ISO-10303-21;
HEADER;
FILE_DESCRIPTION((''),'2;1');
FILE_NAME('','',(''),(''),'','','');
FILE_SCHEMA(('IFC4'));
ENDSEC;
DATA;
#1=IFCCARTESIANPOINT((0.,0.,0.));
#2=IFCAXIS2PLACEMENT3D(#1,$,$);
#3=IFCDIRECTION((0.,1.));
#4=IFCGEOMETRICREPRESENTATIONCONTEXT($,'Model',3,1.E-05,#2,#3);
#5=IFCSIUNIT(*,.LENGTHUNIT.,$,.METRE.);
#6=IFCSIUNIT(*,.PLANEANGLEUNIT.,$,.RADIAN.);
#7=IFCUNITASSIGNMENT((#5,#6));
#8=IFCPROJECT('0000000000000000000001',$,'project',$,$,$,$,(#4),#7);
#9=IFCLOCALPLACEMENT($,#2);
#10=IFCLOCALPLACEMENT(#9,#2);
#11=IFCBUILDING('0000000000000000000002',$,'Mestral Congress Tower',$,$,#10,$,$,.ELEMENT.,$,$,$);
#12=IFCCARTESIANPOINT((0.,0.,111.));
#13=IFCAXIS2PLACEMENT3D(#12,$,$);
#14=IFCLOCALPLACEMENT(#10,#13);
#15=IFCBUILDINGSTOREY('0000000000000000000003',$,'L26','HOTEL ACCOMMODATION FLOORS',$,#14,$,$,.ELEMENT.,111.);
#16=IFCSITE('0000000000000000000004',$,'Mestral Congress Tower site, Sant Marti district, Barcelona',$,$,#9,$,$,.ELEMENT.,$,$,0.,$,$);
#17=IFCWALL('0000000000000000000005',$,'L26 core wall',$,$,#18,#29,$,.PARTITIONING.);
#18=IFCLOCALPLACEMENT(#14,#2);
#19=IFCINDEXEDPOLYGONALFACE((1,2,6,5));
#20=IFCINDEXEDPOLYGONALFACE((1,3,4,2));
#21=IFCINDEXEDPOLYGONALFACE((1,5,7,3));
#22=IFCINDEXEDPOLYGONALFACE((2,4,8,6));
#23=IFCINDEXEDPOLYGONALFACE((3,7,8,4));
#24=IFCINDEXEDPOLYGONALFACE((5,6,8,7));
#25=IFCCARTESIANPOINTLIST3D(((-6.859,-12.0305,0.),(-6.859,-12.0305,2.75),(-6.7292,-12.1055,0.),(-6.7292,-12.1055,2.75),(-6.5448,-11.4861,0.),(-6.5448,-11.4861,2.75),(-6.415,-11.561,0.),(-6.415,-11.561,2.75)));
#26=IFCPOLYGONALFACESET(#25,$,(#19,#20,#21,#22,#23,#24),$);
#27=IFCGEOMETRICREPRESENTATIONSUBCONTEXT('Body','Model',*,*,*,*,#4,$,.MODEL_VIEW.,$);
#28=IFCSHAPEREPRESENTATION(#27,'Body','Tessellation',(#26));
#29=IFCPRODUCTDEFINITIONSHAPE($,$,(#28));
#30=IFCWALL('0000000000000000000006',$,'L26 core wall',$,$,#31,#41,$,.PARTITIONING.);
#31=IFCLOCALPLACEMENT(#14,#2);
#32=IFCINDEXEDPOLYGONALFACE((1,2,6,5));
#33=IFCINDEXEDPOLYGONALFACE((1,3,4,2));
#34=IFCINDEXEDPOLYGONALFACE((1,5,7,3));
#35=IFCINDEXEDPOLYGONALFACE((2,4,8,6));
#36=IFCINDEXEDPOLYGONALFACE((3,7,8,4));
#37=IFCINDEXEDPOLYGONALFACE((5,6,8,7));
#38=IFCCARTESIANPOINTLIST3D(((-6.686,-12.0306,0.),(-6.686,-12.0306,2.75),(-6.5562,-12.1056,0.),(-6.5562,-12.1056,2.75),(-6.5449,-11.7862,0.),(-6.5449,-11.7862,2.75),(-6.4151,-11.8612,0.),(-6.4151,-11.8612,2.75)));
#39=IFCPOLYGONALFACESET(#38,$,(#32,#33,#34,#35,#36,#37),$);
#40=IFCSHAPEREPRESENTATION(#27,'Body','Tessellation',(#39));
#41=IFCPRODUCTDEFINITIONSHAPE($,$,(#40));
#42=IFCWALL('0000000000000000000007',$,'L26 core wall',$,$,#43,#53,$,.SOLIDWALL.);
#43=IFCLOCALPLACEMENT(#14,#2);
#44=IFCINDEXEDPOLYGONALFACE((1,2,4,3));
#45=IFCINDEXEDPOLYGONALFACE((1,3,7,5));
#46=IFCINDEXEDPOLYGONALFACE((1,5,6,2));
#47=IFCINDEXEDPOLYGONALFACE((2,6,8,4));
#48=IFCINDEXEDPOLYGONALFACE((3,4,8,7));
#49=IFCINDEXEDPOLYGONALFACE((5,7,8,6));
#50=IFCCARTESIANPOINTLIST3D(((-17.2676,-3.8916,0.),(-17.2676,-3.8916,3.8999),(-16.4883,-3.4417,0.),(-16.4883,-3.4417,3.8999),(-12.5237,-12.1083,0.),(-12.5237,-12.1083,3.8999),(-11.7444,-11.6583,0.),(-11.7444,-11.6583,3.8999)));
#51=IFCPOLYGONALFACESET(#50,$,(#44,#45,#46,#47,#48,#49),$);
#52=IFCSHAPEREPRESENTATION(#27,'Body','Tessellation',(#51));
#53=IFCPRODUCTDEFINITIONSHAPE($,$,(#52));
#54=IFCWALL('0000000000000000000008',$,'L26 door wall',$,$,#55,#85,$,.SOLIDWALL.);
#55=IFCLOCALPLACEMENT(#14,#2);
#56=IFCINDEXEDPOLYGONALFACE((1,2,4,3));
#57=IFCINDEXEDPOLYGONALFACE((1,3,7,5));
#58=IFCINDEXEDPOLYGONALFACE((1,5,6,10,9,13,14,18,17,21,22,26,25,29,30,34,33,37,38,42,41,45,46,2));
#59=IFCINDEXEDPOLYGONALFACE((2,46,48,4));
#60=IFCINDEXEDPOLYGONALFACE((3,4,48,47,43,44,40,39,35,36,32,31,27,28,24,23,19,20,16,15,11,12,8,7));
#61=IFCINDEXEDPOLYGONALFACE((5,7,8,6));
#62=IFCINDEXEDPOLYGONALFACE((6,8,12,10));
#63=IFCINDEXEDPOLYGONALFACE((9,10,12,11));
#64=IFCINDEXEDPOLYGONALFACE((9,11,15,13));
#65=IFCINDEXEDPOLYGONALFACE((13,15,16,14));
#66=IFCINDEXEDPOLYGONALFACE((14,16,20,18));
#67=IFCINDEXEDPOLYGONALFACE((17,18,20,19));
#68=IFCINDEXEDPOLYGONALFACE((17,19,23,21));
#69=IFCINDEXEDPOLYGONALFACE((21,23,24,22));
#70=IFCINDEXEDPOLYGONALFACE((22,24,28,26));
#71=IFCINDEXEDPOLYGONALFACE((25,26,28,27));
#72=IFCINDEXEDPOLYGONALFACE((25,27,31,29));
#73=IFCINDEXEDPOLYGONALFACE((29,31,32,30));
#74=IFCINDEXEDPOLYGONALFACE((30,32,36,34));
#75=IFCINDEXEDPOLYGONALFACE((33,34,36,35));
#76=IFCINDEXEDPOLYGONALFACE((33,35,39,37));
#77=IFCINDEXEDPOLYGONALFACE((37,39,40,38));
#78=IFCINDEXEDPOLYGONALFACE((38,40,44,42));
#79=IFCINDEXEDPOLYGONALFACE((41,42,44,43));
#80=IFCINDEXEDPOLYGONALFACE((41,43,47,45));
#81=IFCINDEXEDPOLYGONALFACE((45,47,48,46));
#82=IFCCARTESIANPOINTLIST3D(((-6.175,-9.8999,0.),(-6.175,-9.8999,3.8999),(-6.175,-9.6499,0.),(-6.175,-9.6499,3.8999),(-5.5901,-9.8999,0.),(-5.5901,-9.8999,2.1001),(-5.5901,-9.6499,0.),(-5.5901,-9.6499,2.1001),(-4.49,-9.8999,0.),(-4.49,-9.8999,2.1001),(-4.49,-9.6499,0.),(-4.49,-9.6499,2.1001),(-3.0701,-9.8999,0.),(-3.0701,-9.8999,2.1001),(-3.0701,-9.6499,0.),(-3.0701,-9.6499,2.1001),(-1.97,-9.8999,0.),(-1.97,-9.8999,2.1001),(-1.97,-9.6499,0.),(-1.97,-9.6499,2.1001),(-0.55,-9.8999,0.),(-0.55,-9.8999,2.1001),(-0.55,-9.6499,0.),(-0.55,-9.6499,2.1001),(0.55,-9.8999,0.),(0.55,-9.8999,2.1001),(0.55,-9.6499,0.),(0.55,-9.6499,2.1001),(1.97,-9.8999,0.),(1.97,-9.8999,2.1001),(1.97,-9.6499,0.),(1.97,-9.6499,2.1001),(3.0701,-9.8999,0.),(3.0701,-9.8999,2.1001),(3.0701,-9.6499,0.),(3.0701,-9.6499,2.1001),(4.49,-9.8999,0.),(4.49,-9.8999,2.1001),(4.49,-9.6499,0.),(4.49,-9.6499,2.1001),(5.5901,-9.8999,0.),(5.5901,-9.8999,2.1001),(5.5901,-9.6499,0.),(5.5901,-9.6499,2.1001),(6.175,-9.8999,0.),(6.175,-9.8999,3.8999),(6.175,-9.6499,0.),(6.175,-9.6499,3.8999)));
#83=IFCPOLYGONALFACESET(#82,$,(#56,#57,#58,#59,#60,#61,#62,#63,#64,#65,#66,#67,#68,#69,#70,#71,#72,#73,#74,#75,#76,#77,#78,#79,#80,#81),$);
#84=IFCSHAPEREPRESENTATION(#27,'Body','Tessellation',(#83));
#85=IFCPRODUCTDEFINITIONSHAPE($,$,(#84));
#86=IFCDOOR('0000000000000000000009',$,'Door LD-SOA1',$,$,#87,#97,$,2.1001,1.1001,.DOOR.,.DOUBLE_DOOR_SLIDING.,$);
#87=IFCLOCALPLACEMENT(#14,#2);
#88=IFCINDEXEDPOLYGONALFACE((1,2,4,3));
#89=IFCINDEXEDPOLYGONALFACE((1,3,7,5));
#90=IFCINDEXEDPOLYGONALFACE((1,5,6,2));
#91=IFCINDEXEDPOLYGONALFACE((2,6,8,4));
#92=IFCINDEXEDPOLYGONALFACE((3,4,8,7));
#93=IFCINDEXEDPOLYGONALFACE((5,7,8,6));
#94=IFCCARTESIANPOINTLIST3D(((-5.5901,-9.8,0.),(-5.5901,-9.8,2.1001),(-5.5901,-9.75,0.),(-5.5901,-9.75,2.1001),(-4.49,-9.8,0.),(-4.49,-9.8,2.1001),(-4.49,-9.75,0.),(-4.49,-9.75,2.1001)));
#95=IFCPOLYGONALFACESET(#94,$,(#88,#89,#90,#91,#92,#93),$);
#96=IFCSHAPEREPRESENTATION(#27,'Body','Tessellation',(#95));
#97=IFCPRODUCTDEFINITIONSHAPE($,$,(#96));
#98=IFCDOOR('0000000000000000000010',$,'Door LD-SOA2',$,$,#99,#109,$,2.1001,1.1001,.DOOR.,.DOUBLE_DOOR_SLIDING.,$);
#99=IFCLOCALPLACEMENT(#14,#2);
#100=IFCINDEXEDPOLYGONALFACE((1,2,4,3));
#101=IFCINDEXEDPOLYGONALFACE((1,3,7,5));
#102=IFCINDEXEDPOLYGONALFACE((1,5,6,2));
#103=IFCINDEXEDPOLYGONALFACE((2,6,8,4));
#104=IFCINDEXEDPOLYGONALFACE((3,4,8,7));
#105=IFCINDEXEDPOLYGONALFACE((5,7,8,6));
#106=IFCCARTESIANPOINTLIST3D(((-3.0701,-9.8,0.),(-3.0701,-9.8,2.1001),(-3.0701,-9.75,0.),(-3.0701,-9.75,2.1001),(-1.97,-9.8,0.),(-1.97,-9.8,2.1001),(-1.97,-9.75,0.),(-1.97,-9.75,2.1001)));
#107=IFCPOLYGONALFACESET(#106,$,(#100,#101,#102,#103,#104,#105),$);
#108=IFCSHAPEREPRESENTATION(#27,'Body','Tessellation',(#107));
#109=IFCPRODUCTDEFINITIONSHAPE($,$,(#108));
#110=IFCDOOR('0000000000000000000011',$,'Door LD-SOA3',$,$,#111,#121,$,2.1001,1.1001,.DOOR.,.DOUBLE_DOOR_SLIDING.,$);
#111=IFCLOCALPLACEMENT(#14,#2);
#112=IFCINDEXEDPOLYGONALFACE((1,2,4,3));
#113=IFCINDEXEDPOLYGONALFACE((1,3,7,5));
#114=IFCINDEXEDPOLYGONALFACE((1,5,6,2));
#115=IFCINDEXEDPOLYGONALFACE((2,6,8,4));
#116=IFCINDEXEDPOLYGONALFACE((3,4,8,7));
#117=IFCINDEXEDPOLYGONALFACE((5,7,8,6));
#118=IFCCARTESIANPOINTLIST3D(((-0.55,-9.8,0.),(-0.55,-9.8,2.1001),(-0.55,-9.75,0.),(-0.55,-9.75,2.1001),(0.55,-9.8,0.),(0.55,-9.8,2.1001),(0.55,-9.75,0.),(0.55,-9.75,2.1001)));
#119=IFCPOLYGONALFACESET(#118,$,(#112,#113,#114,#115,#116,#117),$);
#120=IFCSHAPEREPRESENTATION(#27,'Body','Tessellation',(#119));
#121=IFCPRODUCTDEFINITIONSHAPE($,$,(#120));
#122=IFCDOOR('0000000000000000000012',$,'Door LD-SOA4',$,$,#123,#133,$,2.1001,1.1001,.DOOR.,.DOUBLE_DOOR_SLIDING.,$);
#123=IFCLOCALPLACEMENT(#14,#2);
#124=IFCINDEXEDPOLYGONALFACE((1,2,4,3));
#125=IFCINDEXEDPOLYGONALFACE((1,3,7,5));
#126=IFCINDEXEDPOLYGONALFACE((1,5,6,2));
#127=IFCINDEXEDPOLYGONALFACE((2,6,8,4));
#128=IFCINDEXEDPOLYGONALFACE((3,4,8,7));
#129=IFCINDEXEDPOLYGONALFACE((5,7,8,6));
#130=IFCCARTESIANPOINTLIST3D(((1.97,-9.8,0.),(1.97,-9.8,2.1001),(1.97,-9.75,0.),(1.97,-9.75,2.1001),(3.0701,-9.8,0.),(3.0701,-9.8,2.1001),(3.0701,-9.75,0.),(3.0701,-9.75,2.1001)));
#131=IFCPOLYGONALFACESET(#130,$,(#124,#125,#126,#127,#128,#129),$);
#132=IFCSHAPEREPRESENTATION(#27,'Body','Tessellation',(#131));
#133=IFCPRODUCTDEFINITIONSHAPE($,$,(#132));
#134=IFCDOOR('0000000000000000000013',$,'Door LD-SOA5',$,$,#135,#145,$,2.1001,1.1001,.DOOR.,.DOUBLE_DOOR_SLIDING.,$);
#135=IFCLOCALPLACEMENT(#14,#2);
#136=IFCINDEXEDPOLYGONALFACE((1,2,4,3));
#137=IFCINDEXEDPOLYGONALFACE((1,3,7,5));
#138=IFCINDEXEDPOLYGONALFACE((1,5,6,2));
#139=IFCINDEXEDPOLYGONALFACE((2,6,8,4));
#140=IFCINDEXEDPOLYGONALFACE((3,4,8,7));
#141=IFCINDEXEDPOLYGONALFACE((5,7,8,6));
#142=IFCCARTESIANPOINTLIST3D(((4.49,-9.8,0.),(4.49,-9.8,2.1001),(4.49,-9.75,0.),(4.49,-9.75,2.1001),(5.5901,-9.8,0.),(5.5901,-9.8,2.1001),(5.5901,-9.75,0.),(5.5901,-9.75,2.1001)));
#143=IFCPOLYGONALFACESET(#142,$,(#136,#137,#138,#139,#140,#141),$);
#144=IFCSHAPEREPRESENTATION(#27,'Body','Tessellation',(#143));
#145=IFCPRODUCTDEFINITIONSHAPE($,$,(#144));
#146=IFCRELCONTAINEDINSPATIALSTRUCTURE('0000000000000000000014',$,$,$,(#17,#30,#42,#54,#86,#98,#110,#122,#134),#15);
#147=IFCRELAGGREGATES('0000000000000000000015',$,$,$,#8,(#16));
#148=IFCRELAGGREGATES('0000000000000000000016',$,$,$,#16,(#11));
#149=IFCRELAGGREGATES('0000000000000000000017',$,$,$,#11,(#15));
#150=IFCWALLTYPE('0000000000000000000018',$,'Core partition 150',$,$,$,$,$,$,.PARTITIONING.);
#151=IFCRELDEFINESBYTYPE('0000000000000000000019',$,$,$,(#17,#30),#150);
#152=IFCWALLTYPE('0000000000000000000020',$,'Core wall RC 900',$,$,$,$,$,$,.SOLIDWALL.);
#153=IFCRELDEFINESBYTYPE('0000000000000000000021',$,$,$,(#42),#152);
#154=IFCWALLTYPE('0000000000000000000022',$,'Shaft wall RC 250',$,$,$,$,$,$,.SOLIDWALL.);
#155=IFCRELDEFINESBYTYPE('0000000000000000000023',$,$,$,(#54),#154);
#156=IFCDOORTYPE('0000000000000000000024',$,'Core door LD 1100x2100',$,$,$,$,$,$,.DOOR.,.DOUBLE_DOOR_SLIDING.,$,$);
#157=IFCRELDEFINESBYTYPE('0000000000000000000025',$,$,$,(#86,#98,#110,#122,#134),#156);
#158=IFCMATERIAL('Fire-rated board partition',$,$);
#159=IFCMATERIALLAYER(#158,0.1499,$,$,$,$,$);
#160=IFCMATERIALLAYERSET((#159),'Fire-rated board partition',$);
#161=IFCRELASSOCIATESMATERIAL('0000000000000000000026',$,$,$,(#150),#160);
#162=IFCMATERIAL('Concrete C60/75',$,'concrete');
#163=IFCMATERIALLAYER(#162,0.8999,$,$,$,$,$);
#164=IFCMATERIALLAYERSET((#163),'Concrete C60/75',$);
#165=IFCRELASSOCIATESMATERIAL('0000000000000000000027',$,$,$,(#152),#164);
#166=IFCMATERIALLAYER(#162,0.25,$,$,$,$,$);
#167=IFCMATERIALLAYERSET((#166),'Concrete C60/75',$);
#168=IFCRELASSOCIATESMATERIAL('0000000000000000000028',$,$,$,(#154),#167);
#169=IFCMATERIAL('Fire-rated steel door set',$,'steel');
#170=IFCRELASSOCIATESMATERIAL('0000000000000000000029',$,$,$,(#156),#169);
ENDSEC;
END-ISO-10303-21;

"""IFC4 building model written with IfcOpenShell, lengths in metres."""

from ifc_helpers import new_model, si_unit, direction, frame, frame_2d, origin, place, context, subcontext, project, spatial, rectangle, extrude, material, layer, layer_set, type_object, element, fill, save


model = new_model("IFC4")

# Units and contexts
model_context = context("Model", 3, precision=1e-05, world=origin(), true_north=direction((0.0, 1.0)))
body_context = subcontext(model_context, "Body", "Model", "MODEL_VIEW")
ifc_project = project(units=[si_unit("LENGTHUNIT", "METRE"), si_unit("PLANEANGLEUNIT", "RADIAN")], contexts=[model_context])

# Site, building, storey
site_placement = place(None, origin())
site = spatial("IfcSite", under=ifc_project, at=site_placement, Name="Mestral Congress Tower site, Sant Marti district, Barcelona", CompositionType="ELEMENT", RefElevation=0.0)
building_placement = place(site_placement, origin())
building = spatial("IfcBuilding", under=site, at=building_placement, Name="Mestral Congress Tower", CompositionType="ELEMENT")
storey_placement = place(building_placement, frame((0.0, 0.0, 111.0)))
storey = spatial("IfcBuildingStorey", under=building, at=storey_placement, Name="L26", Description="HOTEL ACCOMMODATION FLOORS", CompositionType="ELEMENT", Elevation=111.0)

# Walls
ifc_material_1 = material(Name="Fire-rated board partition")
ifc_layer_1 = layer(ifc_material_1, 0.1499)
ifc_layer_set_1 = layer_set([ifc_layer_1], Name="Fire-rated board partition")
wall_type_1 = type_object("IfcWallType", Name="Core partition 150", PredefinedType="PARTITIONING", material=ifc_layer_set_1)
wall_1_placement = place(storey_placement, frame((-6.7942, -12.0681, 0.0), z_axis=(0.0, 0.0, 1.0), x_axis=(0.499857, 0.866108, 0.0)))
element("IfcWall", 1, at=wall_1_placement, inside=storey, type_object=wall_type_1, Name="L26 core wall", PredefinedType="PARTITIONING", context=body_context, shape_type="SweptSolid", body=[
    extrude(rectangle(XDim=0.6287, YDim=0.1499, at=frame_2d((0.3145, 0.0))), origin(), (0.0, 0.0, 1.0), 2.75),
])
wall_2_placement = place(storey_placement, frame((-6.6211, -12.0681, 0.0), z_axis=(0.0, 0.0, 1.0), x_axis=(0.500047, 0.865998, 0.0)))
element("IfcWall", 2, at=wall_2_placement, inside=storey, type_object=wall_type_1, Name="L26 core wall", PredefinedType="PARTITIONING", context=body_context, shape_type="SweptSolid", body=[
    extrude(rectangle(XDim=0.2822, YDim=0.1499, at=frame_2d((0.1411, 0.0))), origin(), (0.0, 0.0, 1.0), 2.75),
])
ifc_material_2 = material(Name="Concrete C60/75", Category="concrete")
ifc_layer_2 = layer(ifc_material_2, 0.8999)
ifc_layer_set_2 = layer_set([ifc_layer_2], Name="Concrete C60/75")
wall_type_2 = type_object("IfcWallType", Name="Core wall RC 900", PredefinedType="SOLIDWALL", material=ifc_layer_set_2)
wall_3_placement = place(storey_placement, frame((-12.134, -11.8833, 0.0), z_axis=(0.0, 0.0, 1.0), x_axis=(-0.500005, 0.866022, 0.0)))
element("IfcWall", 3, at=wall_3_placement, inside=storey, type_object=wall_type_2, Name="L26 core wall", PredefinedType="SOLIDWALL", context=body_context, shape_type="SweptSolid", body=[
    extrude(rectangle(XDim=9.4878, YDim=0.8999, at=frame_2d((4.7439, 0.0))), origin(), (0.0, 0.0, 1.0), 3.8999),
])

# Wall, openings, doors
ifc_layer_3 = layer(ifc_material_2, 0.25)
ifc_layer_set_3 = layer_set([ifc_layer_3], Name="Concrete C60/75")
wall_type_3 = type_object("IfcWallType", Name="Shaft wall RC 250", PredefinedType="SOLIDWALL", material=ifc_layer_set_3)
wall_4_placement = place(storey_placement, frame((-6.175, -9.7749, 0.0), z_axis=(0.0, 0.0, 1.0), x_axis=(1.0, 0.0, 0.0)))
wall_4 = element("IfcWall", 4, at=wall_4_placement, inside=storey, type_object=wall_type_3, Name="L26 door wall", PredefinedType="SOLIDWALL", context=body_context, shape_type="SweptSolid", body=[
    extrude(rectangle(XDim=12.3501, YDim=0.25, at=frame_2d((6.175, 0.0))), origin(), (0.0, 0.0, 1.0), 3.8999),
])
opening_1_placement = place(wall_4_placement, frame((0.585, 0.0, 0.0)))
opening_1 = element("IfcOpeningElement", 5, at=opening_1_placement, cuts=wall_4, PredefinedType="OPENING", context=body_context, shape_type="SweptSolid", body=[
    extrude(rectangle(XDim=1.1001, YDim=2.1001, at=frame_2d((0.55, 1.05))), frame((0.0, 0.135, 0.0), z_axis=(0.0, -1.0, 0.0), x_axis=(1.0, 0.0, 0.0)), (0.0, 0.0, 1.0), 0.27),
])
opening_2_placement = place(wall_4_placement, frame((3.105, 0.0, 0.0)))
opening_2 = element("IfcOpeningElement", 6, at=opening_2_placement, cuts=wall_4, PredefinedType="OPENING", context=body_context, shape_type="SweptSolid", body=[
    extrude(rectangle(XDim=1.1001, YDim=2.1001, at=frame_2d((0.55, 1.05))), frame((0.0, 0.135, 0.0), z_axis=(0.0, -1.0, 0.0), x_axis=(1.0, 0.0, 0.0)), (0.0, 0.0, 1.0), 0.27),
])
opening_3_placement = place(wall_4_placement, frame((5.625, 0.0, 0.0)))
opening_3 = element("IfcOpeningElement", 7, at=opening_3_placement, cuts=wall_4, PredefinedType="OPENING", context=body_context, shape_type="SweptSolid", body=[
    extrude(rectangle(XDim=1.1001, YDim=2.1001, at=frame_2d((0.55, 1.05))), frame((0.0, 0.135, 0.0), z_axis=(0.0, -1.0, 0.0), x_axis=(1.0, 0.0, 0.0)), (0.0, 0.0, 1.0), 0.27),
])
opening_4_placement = place(wall_4_placement, frame((8.145, 0.0, 0.0)))
opening_4 = element("IfcOpeningElement", 8, at=opening_4_placement, cuts=wall_4, PredefinedType="OPENING", context=body_context, shape_type="SweptSolid", body=[
    extrude(rectangle(XDim=1.1001, YDim=2.1001, at=frame_2d((0.55, 1.05))), frame((0.0, 0.135, 0.0), z_axis=(0.0, -1.0, 0.0), x_axis=(1.0, 0.0, 0.0)), (0.0, 0.0, 1.0), 0.27),
])
opening_5_placement = place(wall_4_placement, frame((10.665, 0.0, 0.0)))
opening_5 = element("IfcOpeningElement", 9, at=opening_5_placement, cuts=wall_4, PredefinedType="OPENING", context=body_context, shape_type="SweptSolid", body=[
    extrude(rectangle(XDim=1.1001, YDim=2.1001, at=frame_2d((0.55, 1.05))), frame((0.0, 0.135, 0.0), z_axis=(0.0, -1.0, 0.0), x_axis=(1.0, 0.0, 0.0)), (0.0, 0.0, 1.0), 0.27),
])
ifc_material_3 = material(Name="Fire-rated steel door set", Category="steel")
door_type_1 = type_object("IfcDoorType", Name="Core door LD 1100x2100", OperationType="DOUBLE_DOOR_SLIDING", PredefinedType="DOOR", material=ifc_material_3)
door_1_placement = place(opening_1_placement, origin())
door_1 = element("IfcDoor", 10, at=door_1_placement, inside=storey, type_object=door_type_1, Name="Door LD-SOA1", OperationType="DOUBLE_DOOR_SLIDING", OverallHeight=2.1001, OverallWidth=1.1001, PredefinedType="DOOR", context=body_context, shape_type="SweptSolid", body=[
    extrude(rectangle(XDim=1.1001, YDim=2.1001, at=frame_2d((0.55, 1.05))), frame((0.0, 0.0249, 0.0), z_axis=(0.0, -1.0, 0.0), x_axis=(1.0, 0.0, 0.0)), (0.0, 0.0, 1.0), 0.05),
])
fill(opening_1, door_1)
door_2_placement = place(opening_2_placement, origin())
door_2 = element("IfcDoor", 11, at=door_2_placement, inside=storey, type_object=door_type_1, Name="Door LD-SOA2", OperationType="DOUBLE_DOOR_SLIDING", OverallHeight=2.1001, OverallWidth=1.1001, PredefinedType="DOOR", context=body_context, shape_type="SweptSolid", body=[
    extrude(rectangle(XDim=1.1001, YDim=2.1001, at=frame_2d((0.55, 1.05))), frame((0.0, 0.0249, 0.0), z_axis=(0.0, -1.0, 0.0), x_axis=(1.0, 0.0, 0.0)), (0.0, 0.0, 1.0), 0.05),
])
fill(opening_2, door_2)
door_3_placement = place(opening_3_placement, origin())
door_3 = element("IfcDoor", 12, at=door_3_placement, inside=storey, type_object=door_type_1, Name="Door LD-SOA3", OperationType="DOUBLE_DOOR_SLIDING", OverallHeight=2.1001, OverallWidth=1.1001, PredefinedType="DOOR", context=body_context, shape_type="SweptSolid", body=[
    extrude(rectangle(XDim=1.1001, YDim=2.1001, at=frame_2d((0.55, 1.05))), frame((0.0, 0.0249, 0.0), z_axis=(0.0, -1.0, 0.0), x_axis=(1.0, 0.0, 0.0)), (0.0, 0.0, 1.0), 0.05),
])
fill(opening_3, door_3)
door_4_placement = place(opening_4_placement, origin())
door_4 = element("IfcDoor", 13, at=door_4_placement, inside=storey, type_object=door_type_1, Name="Door LD-SOA4", OperationType="DOUBLE_DOOR_SLIDING", OverallHeight=2.1001, OverallWidth=1.1001, PredefinedType="DOOR", context=body_context, shape_type="SweptSolid", body=[
    extrude(rectangle(XDim=1.1001, YDim=2.1001, at=frame_2d((0.55, 1.05))), frame((0.0, 0.0249, 0.0), z_axis=(0.0, -1.0, 0.0), x_axis=(1.0, 0.0, 0.0)), (0.0, 0.0, 1.0), 0.05),
])
fill(opening_4, door_4)
door_5_placement = place(opening_5_placement, origin())
door_5 = element("IfcDoor", 14, at=door_5_placement, inside=storey, type_object=door_type_1, Name="Door LD-SOA5", OperationType="DOUBLE_DOOR_SLIDING", OverallHeight=2.1001, OverallWidth=1.1001, PredefinedType="DOOR", context=body_context, shape_type="SweptSolid", body=[
    extrude(rectangle(XDim=1.1001, YDim=2.1001, at=frame_2d((0.55, 1.05))), frame((0.0, 0.0249, 0.0), z_axis=(0.0, -1.0, 0.0), x_axis=(1.0, 0.0, 0.0)), (0.0, 0.0, 1.0), 0.05),
])
fill(opening_5, door_5)

save(model, "model.ifc")
